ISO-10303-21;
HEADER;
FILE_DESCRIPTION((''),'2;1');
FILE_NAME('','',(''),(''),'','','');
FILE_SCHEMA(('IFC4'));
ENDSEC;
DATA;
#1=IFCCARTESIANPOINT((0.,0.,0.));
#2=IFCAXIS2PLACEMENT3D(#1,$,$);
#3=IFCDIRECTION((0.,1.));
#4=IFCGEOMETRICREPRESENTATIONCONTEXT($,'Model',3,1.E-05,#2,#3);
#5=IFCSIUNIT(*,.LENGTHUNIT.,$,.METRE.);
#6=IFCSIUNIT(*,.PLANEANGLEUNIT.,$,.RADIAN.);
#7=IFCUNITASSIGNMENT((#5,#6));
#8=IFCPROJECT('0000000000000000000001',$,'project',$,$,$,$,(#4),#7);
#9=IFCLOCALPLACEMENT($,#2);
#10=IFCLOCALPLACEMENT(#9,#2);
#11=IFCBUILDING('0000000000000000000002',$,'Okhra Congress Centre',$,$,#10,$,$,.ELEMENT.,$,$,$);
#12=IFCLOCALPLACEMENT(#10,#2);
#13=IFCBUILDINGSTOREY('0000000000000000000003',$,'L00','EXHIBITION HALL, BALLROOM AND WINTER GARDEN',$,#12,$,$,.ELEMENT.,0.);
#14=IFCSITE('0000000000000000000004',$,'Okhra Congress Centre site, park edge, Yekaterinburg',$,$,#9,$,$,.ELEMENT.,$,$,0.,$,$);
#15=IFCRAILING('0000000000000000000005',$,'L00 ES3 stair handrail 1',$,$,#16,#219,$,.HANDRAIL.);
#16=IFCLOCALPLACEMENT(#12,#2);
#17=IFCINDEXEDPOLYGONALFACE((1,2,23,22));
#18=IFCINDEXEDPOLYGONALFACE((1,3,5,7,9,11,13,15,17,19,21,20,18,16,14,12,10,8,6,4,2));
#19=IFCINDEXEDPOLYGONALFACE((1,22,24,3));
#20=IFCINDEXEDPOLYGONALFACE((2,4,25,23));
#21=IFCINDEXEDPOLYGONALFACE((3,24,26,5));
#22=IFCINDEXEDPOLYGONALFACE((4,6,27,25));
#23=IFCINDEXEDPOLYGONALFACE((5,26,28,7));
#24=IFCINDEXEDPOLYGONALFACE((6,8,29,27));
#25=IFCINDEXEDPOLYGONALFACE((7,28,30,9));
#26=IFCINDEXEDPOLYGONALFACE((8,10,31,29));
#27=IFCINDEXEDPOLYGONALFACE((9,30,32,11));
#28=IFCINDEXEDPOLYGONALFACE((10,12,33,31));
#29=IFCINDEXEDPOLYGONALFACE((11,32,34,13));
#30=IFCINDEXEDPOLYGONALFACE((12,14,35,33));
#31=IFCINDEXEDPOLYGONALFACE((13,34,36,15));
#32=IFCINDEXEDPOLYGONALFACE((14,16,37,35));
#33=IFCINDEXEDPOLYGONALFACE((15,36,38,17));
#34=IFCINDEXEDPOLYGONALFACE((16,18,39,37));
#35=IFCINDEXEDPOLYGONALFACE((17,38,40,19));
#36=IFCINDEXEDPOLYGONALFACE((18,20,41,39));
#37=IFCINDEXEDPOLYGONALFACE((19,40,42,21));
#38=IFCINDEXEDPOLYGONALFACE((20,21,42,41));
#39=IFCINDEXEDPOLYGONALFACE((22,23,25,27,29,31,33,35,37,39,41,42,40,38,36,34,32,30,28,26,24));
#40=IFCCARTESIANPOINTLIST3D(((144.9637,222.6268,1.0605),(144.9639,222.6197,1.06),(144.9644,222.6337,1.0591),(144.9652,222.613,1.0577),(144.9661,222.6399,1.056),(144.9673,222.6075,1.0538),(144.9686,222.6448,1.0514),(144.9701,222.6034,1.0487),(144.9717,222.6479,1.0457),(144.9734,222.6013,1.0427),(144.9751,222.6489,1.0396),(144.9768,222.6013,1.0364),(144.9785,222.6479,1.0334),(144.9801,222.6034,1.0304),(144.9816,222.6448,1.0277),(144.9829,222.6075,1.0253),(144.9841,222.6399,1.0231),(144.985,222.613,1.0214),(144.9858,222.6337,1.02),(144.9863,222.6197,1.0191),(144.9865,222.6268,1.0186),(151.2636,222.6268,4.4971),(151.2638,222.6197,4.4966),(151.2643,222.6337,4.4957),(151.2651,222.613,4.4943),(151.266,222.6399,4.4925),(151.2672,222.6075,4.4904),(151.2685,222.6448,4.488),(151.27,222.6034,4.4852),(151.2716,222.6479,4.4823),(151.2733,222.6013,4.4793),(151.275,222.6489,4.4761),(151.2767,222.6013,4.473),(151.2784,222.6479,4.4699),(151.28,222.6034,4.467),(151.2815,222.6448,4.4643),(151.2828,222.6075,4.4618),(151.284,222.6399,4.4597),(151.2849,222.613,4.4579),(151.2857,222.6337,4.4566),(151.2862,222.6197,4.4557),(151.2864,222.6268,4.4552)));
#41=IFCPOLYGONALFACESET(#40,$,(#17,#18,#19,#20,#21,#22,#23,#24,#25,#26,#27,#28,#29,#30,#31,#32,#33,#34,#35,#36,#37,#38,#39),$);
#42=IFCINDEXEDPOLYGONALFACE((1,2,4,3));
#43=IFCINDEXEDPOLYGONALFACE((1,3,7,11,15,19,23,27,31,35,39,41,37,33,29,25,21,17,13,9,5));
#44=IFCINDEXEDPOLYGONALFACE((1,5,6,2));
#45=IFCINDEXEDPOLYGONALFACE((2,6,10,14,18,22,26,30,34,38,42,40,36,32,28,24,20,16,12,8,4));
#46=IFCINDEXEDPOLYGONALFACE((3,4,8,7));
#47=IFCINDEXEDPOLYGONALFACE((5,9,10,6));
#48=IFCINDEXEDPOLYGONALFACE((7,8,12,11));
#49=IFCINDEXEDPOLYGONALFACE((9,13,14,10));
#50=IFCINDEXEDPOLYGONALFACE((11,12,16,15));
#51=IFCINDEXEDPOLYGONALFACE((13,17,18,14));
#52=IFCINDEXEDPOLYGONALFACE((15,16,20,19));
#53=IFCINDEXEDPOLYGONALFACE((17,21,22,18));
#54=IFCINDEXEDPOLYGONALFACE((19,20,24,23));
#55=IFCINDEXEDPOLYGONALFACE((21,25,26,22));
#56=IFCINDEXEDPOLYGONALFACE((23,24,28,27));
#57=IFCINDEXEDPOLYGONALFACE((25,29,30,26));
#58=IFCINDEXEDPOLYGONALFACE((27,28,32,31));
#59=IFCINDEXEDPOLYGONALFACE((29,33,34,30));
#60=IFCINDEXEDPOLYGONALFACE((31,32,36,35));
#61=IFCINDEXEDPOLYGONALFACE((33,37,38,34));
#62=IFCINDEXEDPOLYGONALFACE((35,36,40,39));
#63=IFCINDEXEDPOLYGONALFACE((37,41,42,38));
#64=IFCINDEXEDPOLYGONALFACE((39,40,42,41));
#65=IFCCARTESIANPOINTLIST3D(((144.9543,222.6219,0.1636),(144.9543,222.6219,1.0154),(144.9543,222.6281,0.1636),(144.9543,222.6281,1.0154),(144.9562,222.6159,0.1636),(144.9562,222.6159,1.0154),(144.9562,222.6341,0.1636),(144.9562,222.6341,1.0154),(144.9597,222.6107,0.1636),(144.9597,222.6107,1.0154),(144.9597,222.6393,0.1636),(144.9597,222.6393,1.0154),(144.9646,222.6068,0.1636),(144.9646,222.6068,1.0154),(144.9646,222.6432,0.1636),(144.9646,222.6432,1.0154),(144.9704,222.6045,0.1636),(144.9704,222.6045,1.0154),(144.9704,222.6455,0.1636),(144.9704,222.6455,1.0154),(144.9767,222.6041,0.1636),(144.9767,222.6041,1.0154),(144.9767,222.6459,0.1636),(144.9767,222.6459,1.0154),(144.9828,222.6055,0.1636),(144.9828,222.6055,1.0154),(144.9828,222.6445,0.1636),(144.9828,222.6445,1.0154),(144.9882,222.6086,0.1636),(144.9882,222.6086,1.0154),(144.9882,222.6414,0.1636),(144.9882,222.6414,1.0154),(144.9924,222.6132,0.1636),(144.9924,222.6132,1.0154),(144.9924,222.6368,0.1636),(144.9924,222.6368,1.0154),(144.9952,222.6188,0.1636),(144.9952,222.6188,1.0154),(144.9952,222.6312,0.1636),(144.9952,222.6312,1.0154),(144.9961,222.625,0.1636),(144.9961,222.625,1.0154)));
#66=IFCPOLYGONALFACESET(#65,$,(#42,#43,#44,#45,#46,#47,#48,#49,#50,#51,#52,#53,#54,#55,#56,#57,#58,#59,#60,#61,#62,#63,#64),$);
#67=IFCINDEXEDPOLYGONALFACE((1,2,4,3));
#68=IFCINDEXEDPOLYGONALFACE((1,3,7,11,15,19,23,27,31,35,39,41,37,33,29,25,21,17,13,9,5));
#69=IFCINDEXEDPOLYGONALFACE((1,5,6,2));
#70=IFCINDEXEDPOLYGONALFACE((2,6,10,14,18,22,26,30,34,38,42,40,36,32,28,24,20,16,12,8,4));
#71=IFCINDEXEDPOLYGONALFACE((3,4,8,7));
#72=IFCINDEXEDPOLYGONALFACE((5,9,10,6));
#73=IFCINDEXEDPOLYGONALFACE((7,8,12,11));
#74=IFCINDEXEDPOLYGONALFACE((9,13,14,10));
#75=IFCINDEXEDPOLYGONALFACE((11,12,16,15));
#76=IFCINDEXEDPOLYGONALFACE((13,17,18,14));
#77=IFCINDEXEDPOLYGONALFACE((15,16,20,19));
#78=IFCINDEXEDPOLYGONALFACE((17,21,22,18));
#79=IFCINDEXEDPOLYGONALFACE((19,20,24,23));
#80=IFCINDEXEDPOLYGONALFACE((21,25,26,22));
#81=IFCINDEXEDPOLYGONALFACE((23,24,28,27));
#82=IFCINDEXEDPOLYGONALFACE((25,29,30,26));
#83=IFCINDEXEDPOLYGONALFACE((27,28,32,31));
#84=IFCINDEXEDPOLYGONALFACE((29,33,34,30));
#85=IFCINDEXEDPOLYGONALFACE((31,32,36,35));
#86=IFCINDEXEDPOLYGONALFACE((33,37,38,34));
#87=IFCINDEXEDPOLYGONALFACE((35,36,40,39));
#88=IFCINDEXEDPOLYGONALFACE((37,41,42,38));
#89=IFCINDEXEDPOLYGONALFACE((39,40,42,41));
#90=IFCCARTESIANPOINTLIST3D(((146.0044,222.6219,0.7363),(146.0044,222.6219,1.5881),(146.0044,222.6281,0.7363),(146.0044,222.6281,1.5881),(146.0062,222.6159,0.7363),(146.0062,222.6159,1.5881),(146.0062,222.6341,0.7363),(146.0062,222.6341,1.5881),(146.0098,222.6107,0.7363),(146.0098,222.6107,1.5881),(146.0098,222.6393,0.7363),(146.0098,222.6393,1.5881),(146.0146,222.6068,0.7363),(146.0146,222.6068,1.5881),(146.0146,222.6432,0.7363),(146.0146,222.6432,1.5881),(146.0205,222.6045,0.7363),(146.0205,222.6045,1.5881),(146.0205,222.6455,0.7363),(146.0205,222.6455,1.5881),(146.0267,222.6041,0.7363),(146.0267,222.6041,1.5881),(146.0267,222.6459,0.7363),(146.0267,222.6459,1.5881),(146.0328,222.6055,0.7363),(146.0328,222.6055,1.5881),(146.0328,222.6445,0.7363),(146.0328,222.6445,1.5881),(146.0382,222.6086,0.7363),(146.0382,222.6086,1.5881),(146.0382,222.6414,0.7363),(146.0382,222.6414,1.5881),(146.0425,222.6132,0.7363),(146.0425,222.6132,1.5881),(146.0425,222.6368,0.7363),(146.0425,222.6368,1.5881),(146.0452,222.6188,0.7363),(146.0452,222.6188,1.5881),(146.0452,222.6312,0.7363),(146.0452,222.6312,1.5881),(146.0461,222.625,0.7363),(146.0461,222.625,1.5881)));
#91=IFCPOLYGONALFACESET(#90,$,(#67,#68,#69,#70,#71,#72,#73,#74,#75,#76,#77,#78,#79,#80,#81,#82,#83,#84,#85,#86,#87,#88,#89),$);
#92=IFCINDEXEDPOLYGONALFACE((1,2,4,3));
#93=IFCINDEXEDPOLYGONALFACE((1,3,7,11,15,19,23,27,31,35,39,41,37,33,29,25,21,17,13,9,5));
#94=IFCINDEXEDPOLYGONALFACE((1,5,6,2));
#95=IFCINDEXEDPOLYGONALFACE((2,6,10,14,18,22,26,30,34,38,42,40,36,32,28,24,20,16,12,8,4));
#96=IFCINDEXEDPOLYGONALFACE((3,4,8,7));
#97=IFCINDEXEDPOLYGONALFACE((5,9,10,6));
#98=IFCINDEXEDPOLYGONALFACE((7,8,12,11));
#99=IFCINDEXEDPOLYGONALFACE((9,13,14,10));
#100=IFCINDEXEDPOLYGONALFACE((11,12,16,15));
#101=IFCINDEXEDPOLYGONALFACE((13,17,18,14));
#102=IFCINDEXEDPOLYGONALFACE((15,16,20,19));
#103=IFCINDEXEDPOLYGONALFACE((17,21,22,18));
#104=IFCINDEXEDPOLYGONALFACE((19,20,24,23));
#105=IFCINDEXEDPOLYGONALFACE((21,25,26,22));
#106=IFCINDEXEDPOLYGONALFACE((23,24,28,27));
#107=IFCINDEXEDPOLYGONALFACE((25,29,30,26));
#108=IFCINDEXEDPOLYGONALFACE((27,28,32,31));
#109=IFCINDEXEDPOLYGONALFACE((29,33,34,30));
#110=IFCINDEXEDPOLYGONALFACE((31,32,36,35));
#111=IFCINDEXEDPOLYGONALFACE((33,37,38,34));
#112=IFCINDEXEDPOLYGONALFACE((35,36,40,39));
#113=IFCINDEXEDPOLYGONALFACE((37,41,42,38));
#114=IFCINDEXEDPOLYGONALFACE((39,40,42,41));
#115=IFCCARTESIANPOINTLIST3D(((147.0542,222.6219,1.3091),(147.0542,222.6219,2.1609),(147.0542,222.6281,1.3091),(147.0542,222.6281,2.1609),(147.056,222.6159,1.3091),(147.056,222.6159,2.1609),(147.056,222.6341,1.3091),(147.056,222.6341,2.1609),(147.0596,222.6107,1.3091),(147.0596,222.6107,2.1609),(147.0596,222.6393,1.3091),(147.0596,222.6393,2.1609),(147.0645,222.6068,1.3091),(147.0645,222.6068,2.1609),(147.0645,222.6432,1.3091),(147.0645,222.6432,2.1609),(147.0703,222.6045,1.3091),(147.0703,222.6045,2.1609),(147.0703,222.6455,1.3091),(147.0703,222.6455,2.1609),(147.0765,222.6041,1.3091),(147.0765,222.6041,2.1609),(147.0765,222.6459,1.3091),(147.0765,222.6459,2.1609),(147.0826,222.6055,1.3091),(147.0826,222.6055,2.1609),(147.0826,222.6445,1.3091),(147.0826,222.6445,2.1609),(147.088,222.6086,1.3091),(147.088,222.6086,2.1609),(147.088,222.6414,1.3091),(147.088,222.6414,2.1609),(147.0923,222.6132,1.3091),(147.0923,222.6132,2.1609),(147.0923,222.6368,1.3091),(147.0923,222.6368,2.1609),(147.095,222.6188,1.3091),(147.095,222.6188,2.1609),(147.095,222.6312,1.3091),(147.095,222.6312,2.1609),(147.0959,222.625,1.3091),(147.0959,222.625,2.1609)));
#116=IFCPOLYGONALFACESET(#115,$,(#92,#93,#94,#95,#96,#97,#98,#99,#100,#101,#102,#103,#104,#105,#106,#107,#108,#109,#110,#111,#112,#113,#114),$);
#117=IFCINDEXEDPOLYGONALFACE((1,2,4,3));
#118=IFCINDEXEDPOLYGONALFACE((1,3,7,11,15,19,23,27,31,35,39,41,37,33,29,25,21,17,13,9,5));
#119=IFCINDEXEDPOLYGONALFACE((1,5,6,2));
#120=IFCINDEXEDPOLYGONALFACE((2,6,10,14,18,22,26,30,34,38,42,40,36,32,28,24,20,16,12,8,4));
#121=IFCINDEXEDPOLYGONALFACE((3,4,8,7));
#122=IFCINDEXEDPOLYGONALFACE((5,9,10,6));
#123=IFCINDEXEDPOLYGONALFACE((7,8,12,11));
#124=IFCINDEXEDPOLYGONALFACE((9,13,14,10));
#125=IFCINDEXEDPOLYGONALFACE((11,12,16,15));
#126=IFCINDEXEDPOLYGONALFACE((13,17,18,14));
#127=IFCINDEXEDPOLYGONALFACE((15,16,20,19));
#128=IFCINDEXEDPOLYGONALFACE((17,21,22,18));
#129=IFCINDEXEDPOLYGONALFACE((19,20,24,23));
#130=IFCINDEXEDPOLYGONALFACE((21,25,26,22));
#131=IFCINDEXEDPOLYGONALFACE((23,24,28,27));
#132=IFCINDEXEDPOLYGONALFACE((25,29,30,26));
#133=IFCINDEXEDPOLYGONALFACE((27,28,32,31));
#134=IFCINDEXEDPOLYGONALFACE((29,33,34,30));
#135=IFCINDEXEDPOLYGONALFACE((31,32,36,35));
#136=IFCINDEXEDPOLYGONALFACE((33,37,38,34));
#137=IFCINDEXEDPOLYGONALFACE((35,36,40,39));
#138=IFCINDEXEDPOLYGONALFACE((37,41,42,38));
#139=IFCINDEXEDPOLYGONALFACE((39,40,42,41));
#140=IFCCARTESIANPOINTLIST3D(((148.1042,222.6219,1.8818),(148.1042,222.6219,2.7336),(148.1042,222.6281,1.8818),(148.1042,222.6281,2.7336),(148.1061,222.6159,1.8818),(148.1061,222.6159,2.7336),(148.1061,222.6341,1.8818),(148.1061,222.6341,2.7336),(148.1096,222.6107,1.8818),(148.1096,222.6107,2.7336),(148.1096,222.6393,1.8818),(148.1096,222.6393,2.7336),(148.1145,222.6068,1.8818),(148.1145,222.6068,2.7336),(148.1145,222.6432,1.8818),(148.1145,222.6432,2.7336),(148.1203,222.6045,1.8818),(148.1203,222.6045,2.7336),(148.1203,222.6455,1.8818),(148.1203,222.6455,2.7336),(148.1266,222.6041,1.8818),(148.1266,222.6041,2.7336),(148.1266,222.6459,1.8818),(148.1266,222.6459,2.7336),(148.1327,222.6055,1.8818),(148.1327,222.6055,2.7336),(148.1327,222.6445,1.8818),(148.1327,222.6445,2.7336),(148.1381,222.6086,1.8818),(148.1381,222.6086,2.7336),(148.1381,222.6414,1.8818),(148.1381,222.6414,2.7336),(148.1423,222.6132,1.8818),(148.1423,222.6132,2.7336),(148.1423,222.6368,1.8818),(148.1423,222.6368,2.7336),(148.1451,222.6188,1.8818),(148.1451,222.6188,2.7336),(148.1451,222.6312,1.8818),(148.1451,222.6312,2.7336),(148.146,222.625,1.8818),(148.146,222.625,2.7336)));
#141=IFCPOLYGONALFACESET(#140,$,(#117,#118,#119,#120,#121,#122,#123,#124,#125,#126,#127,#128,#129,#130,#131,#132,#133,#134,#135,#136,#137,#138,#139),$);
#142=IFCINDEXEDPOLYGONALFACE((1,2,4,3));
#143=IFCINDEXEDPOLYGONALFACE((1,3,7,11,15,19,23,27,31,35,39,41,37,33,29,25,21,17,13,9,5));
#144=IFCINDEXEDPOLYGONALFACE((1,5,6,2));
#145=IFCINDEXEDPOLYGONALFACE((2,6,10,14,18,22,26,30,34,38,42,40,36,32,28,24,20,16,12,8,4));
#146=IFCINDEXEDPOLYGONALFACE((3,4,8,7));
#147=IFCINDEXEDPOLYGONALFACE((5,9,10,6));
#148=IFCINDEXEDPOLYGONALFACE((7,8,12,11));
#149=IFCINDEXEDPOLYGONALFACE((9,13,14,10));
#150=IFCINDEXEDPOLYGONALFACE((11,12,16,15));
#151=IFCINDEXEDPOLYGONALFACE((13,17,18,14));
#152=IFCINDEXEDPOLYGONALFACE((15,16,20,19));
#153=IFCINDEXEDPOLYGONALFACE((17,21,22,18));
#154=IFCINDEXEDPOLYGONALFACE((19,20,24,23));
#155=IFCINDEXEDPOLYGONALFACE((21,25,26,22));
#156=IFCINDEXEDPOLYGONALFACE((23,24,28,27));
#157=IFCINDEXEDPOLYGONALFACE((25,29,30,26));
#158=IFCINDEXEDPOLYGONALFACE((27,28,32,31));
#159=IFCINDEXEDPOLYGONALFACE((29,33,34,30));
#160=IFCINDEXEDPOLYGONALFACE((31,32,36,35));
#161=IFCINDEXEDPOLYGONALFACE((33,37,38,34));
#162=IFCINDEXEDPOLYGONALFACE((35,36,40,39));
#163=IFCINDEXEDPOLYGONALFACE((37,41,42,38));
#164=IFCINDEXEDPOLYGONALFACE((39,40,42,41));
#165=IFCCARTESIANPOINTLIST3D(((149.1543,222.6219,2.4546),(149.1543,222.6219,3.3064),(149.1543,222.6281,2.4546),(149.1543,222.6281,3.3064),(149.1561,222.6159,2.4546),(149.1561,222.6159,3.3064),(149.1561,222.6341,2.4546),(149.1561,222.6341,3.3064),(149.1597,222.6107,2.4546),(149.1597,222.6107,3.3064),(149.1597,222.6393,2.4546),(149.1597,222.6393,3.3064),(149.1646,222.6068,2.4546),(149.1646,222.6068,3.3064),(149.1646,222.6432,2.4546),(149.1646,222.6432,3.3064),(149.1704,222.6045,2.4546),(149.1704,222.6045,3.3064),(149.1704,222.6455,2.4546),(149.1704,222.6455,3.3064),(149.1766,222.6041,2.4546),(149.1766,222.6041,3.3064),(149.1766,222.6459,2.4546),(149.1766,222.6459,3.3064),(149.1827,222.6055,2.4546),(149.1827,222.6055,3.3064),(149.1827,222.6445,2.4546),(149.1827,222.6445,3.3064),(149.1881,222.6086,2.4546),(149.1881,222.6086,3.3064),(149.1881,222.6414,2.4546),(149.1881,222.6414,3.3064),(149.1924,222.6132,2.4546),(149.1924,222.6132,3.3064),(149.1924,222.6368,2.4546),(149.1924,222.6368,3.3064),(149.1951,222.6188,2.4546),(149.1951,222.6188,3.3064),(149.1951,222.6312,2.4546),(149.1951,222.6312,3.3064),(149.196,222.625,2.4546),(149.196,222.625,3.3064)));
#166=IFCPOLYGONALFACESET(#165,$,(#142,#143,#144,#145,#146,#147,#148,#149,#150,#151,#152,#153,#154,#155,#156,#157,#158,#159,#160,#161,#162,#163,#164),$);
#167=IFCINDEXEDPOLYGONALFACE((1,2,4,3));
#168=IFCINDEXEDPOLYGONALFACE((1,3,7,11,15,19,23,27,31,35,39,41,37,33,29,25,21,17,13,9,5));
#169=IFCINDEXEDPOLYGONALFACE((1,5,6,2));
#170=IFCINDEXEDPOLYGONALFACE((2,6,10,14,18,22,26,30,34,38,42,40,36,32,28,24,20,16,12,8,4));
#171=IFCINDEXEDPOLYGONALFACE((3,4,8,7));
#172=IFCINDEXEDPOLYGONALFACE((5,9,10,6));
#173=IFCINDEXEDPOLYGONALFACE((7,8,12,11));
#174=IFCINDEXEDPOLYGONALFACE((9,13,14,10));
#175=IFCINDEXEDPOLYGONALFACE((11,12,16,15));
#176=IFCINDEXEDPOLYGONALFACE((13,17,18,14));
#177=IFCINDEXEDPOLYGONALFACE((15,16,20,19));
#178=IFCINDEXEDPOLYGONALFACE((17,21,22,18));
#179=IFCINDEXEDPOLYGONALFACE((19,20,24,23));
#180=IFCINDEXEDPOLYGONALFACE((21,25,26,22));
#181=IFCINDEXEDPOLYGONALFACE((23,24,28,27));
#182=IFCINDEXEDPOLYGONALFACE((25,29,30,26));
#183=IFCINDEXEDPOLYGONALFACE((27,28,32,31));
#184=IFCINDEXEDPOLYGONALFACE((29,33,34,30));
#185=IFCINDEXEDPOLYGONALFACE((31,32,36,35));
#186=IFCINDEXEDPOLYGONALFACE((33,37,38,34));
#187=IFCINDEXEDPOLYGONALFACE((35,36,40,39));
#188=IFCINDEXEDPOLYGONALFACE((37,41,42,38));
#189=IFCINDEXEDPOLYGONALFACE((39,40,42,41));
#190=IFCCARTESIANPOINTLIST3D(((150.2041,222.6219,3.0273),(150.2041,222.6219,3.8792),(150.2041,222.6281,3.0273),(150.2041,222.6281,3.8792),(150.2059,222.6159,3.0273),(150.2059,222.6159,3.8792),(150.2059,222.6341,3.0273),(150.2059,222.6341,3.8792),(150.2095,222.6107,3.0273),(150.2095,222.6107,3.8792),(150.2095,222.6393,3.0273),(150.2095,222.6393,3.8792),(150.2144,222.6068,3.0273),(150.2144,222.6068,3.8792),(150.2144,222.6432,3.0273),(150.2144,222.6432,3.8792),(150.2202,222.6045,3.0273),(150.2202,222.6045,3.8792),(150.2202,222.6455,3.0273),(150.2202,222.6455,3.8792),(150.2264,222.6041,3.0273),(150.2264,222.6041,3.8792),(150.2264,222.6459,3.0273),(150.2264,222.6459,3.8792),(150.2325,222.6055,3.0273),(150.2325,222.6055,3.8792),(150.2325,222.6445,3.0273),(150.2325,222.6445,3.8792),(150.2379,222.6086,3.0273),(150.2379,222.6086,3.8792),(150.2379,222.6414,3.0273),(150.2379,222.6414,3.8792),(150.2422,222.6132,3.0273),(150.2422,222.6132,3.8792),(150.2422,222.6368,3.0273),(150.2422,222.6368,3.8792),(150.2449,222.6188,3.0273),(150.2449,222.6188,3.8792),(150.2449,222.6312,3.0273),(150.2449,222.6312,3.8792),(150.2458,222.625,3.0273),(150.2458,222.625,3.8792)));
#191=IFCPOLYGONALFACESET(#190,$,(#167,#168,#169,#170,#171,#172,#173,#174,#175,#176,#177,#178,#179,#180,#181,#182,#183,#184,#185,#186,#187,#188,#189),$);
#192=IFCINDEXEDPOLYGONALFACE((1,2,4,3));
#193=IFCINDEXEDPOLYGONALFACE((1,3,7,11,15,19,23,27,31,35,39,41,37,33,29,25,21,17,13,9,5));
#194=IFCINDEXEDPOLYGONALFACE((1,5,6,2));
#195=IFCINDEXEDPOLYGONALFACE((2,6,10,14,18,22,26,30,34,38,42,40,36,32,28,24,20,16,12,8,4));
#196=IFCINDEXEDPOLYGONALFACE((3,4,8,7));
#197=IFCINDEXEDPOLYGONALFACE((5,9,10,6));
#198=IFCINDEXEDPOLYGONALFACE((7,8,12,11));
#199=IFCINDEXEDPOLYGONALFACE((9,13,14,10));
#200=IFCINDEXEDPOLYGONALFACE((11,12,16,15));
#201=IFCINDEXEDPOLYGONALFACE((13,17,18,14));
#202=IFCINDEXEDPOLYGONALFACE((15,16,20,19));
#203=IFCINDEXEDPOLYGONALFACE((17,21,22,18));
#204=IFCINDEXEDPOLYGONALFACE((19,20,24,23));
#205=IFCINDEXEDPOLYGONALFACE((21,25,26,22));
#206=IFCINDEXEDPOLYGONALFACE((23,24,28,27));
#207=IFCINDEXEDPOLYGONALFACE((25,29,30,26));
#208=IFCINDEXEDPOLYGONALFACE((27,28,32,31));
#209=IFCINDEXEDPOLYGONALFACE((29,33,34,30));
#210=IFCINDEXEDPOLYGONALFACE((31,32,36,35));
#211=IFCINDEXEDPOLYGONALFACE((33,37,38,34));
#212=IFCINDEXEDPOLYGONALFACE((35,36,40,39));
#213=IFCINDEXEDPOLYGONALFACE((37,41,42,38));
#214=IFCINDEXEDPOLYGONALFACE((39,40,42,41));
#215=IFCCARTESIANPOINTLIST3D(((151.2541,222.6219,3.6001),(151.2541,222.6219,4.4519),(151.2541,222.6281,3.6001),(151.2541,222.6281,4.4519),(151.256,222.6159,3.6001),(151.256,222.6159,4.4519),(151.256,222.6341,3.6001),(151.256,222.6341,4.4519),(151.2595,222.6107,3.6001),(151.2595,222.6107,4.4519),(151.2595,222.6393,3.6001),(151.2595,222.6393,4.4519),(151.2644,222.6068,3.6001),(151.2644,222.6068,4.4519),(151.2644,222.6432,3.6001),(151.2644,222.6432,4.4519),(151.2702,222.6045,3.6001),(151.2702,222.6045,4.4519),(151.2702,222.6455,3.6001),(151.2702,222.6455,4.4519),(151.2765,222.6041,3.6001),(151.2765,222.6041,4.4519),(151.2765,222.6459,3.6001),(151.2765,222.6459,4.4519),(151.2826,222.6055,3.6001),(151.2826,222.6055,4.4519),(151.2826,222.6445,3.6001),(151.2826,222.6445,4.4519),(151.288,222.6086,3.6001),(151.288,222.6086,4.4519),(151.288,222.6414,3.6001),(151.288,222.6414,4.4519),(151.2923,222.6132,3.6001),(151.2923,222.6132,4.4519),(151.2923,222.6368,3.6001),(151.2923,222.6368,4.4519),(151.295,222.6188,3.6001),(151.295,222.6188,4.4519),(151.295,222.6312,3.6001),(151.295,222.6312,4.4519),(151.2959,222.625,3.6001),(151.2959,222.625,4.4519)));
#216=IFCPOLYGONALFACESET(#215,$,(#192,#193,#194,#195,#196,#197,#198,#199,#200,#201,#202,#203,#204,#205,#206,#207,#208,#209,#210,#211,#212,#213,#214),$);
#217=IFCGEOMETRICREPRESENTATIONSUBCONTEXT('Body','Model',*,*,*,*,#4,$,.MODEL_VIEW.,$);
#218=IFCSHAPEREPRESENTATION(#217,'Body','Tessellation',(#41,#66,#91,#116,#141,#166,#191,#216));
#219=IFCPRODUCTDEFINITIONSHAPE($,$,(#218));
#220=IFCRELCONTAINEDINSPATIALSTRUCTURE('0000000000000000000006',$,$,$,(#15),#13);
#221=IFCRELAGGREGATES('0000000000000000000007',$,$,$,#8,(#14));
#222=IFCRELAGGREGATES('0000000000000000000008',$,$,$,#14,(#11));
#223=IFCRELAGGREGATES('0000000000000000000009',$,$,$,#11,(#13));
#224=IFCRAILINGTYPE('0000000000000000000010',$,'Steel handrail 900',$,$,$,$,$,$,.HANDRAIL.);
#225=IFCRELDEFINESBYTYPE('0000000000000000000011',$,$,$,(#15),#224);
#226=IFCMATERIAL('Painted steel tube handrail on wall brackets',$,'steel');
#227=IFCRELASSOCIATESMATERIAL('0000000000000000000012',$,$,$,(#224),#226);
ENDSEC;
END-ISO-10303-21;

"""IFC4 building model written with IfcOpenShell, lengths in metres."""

from ifc_helpers import new_model, si_unit, direction, frame, origin, origin_2d, place, context, subcontext, project, spatial, circle, extrude, material, type_object, element, save


model = new_model("IFC4")

# Units and contexts
model_context = context("Model", 3, precision=1e-05, world=origin(), true_north=direction((0.0, 1.0)))
body_context = subcontext(model_context, "Body", "Model", "MODEL_VIEW")
ifc_project = project(units=[si_unit("LENGTHUNIT", "METRE"), si_unit("PLANEANGLEUNIT", "RADIAN")], contexts=[model_context])

# Site, building, storey
site_placement = place(None, origin())
site = spatial("IfcSite", under=ifc_project, at=site_placement, Name="Okhra Congress Centre site, park edge, Yekaterinburg", CompositionType="ELEMENT", RefElevation=0.0)
building_placement = place(site_placement, origin())
building = spatial("IfcBuilding", under=site, at=building_placement, Name="Okhra Congress Centre", CompositionType="ELEMENT")
storey_placement = place(building_placement, origin())
storey = spatial("IfcBuildingStorey", under=building, at=storey_placement, Name="L00", Description="EXHIBITION HALL, BALLROOM AND WINTER GARDEN", CompositionType="ELEMENT", Elevation=0.0)

# Railing
ifc_material_1 = material(Name="Painted steel tube handrail on wall brackets", Category="steel")
railing_type_1 = type_object("IfcRailingType", Name="Steel handrail 900", PredefinedType="HANDRAIL", material=ifc_material_1)
railing_1_placement = place(storey_placement, frame((144.9751, 222.625, 0.1636)))
element("IfcRailing", 1, at=railing_1_placement, inside=storey, type_object=railing_type_1, Name="L00 ES3 stair handrail 1", PredefinedType="HANDRAIL", context=body_context, shape_type="SweptSolid", body=[
    extrude(circle(Radius=0.0239, at=origin_2d()), frame((0.0, 0.0, 0.876), z_axis=(0.87788, 0.0, 0.478881), x_axis=(0.0, 1.0, 0.0)), (0.0, 0.0, 1.0), 7.1763),
    extrude(circle(Radius=0.021, at=origin_2d()), origin(), (0.0, 0.0, 1.0), 0.8518),
    extrude(circle(Radius=0.021, at=origin_2d()), frame((1.05, 0.0, 0.5728)), (0.0, 0.0, 1.0), 0.8518),
    extrude(circle(Radius=0.021, at=origin_2d()), frame((2.0999, 0.0, 1.1455)), (0.0, 0.0, 1.0), 0.8518),
    extrude(circle(Radius=0.021, at=origin_2d()), frame((3.1499, 0.0, 1.7183)), (0.0, 0.0, 1.0), 0.8518),
    extrude(circle(Radius=0.021, at=origin_2d()), frame((4.2, 0.0, 2.291)), (0.0, 0.0, 1.0), 0.8518),
    extrude(circle(Radius=0.021, at=origin_2d()), frame((5.2498, 0.0, 2.8638)), (0.0, 0.0, 1.0), 0.8518),
    extrude(circle(Radius=0.021, at=origin_2d()), frame((6.2998, 0.0, 3.4365)), (0.0, 0.0, 1.0), 0.8518),
])

save(model, "model.ifc")
